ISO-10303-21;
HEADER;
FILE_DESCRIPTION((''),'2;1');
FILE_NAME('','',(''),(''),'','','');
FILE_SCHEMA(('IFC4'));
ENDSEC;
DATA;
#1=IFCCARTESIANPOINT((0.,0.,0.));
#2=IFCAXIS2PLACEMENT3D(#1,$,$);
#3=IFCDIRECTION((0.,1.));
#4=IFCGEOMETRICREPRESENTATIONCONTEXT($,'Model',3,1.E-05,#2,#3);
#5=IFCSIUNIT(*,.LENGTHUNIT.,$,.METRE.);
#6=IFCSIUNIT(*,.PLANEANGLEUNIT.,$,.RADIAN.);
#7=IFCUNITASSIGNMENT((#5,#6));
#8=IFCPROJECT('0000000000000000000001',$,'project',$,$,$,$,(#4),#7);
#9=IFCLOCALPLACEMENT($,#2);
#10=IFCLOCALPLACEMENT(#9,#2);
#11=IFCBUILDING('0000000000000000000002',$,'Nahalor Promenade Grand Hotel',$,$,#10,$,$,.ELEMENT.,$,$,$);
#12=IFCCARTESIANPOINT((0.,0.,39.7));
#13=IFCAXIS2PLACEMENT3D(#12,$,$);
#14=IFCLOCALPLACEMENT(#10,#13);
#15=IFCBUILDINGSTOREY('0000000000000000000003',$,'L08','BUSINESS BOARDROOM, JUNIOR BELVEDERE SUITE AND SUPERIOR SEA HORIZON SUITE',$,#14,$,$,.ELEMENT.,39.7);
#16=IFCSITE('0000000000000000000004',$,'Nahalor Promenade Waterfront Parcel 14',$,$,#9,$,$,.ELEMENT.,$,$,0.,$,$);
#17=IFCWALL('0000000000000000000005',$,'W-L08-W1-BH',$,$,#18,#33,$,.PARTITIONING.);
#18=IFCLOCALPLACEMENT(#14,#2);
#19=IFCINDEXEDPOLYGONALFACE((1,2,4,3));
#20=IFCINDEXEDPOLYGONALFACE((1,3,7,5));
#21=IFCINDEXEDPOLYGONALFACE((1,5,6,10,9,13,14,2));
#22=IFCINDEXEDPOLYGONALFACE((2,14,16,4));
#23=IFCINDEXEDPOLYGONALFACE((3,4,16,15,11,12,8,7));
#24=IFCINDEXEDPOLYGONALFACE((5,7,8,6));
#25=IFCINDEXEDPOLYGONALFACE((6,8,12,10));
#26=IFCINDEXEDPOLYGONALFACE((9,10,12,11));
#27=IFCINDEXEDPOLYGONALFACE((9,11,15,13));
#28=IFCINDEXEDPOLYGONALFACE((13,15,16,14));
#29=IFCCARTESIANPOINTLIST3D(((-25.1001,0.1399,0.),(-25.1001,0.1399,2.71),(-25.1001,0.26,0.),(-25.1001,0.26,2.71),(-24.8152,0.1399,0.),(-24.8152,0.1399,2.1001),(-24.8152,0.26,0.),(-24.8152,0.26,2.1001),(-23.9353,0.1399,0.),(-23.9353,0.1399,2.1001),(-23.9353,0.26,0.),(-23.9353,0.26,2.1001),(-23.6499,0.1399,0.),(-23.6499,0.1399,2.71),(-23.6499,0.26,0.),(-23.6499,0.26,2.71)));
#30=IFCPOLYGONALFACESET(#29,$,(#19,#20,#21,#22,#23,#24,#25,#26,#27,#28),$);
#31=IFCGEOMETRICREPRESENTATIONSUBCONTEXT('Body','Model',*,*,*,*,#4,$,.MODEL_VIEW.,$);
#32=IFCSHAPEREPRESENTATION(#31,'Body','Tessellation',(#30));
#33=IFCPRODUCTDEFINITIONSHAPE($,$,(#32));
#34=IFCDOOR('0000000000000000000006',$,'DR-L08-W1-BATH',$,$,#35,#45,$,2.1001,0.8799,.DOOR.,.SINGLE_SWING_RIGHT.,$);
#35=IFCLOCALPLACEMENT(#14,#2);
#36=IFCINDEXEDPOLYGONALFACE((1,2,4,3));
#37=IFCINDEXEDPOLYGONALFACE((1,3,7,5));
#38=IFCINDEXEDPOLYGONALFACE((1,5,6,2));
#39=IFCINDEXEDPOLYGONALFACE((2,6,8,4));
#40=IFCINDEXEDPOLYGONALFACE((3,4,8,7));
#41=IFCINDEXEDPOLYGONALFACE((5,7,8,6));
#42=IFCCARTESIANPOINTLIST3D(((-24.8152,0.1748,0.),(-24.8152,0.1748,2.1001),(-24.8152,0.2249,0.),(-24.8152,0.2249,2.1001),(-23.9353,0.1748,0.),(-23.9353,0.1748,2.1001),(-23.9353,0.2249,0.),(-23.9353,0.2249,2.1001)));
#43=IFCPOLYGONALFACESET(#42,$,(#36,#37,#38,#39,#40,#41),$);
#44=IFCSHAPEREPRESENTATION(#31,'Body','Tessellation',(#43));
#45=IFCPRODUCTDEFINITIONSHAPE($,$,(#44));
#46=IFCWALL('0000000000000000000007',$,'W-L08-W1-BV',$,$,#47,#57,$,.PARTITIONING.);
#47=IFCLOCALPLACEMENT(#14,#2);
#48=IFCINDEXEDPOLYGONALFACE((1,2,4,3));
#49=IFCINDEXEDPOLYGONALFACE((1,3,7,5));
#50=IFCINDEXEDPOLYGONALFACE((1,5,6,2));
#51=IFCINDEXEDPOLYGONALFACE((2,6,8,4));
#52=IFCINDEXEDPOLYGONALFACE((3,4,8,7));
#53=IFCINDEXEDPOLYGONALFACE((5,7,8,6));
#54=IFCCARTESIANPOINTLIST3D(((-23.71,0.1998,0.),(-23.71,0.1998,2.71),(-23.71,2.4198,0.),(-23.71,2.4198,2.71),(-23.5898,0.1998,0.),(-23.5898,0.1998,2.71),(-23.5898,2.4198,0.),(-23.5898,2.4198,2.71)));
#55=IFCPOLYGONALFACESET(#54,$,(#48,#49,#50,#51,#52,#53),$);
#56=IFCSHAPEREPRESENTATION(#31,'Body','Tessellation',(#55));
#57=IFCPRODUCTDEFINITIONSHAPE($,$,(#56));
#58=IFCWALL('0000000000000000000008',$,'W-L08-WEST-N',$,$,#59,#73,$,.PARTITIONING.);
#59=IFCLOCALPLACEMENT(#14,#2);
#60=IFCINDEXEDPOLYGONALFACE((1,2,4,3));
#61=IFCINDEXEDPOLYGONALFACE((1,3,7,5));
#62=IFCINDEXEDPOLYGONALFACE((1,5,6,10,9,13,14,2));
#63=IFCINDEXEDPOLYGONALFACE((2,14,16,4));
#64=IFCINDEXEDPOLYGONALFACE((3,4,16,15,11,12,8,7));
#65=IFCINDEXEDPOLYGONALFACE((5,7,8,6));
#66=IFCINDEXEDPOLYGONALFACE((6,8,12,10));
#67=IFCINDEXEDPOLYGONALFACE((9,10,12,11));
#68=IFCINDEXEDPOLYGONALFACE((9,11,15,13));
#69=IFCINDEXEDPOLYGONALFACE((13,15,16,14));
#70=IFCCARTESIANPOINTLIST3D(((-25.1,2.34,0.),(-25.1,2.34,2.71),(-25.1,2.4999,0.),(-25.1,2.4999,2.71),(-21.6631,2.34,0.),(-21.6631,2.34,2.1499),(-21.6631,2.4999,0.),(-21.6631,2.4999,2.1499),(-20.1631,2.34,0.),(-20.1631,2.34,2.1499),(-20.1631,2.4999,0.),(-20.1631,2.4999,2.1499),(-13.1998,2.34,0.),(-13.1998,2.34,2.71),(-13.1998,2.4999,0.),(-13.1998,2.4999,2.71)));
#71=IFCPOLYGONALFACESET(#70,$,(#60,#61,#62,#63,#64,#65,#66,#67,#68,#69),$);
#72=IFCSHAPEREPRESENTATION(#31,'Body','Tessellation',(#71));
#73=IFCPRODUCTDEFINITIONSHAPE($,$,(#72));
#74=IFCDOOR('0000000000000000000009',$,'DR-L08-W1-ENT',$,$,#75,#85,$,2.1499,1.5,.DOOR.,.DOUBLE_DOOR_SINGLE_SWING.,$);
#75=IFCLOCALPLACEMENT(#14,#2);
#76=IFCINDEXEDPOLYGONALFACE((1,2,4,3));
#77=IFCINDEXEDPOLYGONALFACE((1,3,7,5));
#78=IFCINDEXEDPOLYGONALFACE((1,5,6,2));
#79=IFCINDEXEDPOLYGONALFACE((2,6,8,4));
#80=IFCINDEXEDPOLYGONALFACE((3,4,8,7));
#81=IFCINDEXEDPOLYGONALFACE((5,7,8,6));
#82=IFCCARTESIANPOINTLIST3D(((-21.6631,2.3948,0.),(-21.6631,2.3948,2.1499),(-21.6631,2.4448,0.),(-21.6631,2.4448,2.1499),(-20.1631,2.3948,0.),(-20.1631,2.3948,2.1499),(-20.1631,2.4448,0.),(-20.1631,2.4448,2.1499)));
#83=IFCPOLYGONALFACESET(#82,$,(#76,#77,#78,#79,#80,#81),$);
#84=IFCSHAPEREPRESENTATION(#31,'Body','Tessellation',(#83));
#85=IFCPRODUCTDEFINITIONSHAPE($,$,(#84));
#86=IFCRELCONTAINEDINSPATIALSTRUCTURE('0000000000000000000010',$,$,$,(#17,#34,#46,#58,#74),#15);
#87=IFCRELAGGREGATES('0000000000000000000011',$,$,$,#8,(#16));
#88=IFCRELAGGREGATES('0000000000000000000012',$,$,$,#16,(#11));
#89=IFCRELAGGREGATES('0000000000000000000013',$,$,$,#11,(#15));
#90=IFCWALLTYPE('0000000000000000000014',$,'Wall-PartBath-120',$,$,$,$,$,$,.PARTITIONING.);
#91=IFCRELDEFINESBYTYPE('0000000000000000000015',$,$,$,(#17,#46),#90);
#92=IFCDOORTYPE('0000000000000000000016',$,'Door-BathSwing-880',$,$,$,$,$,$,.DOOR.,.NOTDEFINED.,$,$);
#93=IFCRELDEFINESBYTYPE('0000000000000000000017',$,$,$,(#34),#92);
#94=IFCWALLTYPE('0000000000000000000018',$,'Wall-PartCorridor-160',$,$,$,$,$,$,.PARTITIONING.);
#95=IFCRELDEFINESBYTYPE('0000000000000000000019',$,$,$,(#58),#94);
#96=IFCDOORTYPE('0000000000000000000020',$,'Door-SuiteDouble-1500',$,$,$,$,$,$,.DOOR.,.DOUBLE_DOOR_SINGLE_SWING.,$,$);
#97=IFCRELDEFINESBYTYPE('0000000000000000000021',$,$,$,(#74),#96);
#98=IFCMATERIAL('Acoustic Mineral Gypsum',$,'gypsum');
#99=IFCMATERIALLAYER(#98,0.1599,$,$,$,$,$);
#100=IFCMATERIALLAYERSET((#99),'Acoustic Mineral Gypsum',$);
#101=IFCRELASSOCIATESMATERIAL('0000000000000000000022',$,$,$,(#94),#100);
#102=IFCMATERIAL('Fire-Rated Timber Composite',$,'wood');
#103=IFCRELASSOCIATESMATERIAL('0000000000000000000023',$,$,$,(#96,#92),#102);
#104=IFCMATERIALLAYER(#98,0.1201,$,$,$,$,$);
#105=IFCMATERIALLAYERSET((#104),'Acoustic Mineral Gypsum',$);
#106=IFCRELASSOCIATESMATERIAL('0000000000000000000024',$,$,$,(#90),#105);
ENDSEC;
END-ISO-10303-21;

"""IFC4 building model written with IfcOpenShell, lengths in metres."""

from ifc_helpers import new_model, si_unit, direction, frame, frame_2d, origin, place, context, subcontext, project, spatial, rectangle, extrude, source, transform, mapped, material, layer, layer_set, type_object, element, fill, save


model = new_model("IFC4")

# Units and contexts
model_context = context("Model", 3, precision=1e-05, world=origin(), true_north=direction((0.0, 1.0)))
body_context = subcontext(model_context, "Body", "Model", "MODEL_VIEW")
ifc_project = project(units=[si_unit("LENGTHUNIT", "METRE"), si_unit("PLANEANGLEUNIT", "RADIAN")], contexts=[model_context])

# Site, building, storey
site_placement = place(None, origin())
site = spatial("IfcSite", under=ifc_project, at=site_placement, Name="Nahalor Promenade Waterfront Parcel 14", CompositionType="ELEMENT", RefElevation=0.0)
building_placement = place(site_placement, origin())
building = spatial("IfcBuilding", under=site, at=building_placement, Name="Nahalor Promenade Grand Hotel", CompositionType="ELEMENT")
storey_placement = place(building_placement, frame((0.0, 0.0, 39.7)))
storey = spatial("IfcBuildingStorey", under=building, at=storey_placement, Name="L08", Description="BUSINESS BOARDROOM, JUNIOR BELVEDERE SUITE AND SUPERIOR SEA HORIZON SUITE", CompositionType="ELEMENT", Elevation=39.7)

# Shared definitions
ifc_material_1 = material(Name="Acoustic Mineral Gypsum", Category="gypsum")
ifc_layer_1 = layer(ifc_material_1, 0.1599)
ifc_layer_set_1 = layer_set([ifc_layer_1], Name="Acoustic Mineral Gypsum")
wall_type_1 = type_object("IfcWallType", Name="Wall-PartCorridor-160", PredefinedType="PARTITIONING", material=ifc_layer_set_1)
ifc_material_2 = material(Name="Fire-Rated Timber Composite", Category="wood")
door_type_1 = type_object("IfcDoorType", Name="Door-SuiteDouble-1500", OperationType="DOUBLE_DOOR_SINGLE_SWING", PredefinedType="DOOR", material=ifc_material_2)
shared_shape_1 = source(origin(), body_context, "Body", "SweptSolid", [
    extrude(rectangle(XDim=1.5, YDim=2.1499, at=frame_2d((0.75, 1.075))), frame((0.0, 0.0249, 0.0), z_axis=(0.0, -1.0, 0.0), x_axis=(1.0, 0.0, 0.0)), (0.0, 0.0, 1.0), 0.05),
])

# Wall, opening, door
ifc_layer_2 = layer(ifc_material_1, 0.1201)
ifc_layer_set_2 = layer_set([ifc_layer_2], Name="Acoustic Mineral Gypsum")
wall_type_2 = type_object("IfcWallType", Name="Wall-PartBath-120", PredefinedType="PARTITIONING", material=ifc_layer_set_2)
shared_shape_2 = source(origin(), body_context, "Body", "SweptSolid", [
    extrude(rectangle(XDim=1.4502, YDim=0.1201, at=frame_2d((0.7251, 0.0))), origin(), (0.0, 0.0, 1.0), 2.71),
])
wall_1_placement = place(storey_placement, frame((-25.1001, 0.2, 0.0), z_axis=(0.0, 0.0, 1.0), x_axis=(1.0, 0.0, 0.0)))
wall_1 = element("IfcWall", 1, at=wall_1_placement, inside=storey, type_object=wall_type_2, Name="W-L08-W1-BH", PredefinedType="PARTITIONING", context=body_context, shape_type="MappedRepresentation", body=[
    mapped(shared_shape_2, transform((0.0, 0.0, 0.0), scale=1.0)),
])
opening_1_placement = place(wall_1_placement, frame((0.2849, 0.0, 0.0)))
opening_1 = element("IfcOpeningElement", 2, at=opening_1_placement, cuts=wall_1, PredefinedType="OPENING", context=body_context, shape_type="SweptSolid", body=[
    extrude(rectangle(XDim=0.8799, YDim=2.1001, at=frame_2d((0.4399, 1.05))), frame((0.0, 0.0701, 0.0), z_axis=(0.0, -1.0, 0.0), x_axis=(1.0, 0.0, 0.0)), (0.0, 0.0, 1.0), 0.1401),
])
door_type_2 = type_object("IfcDoorType", Name="Door-BathSwing-880", OperationType="NOTDEFINED", PredefinedType="DOOR", material=ifc_material_2)
shared_shape_3 = source(origin(), body_context, "Body", "SweptSolid", [
    extrude(rectangle(XDim=0.8799, YDim=2.1001, at=frame_2d((0.4399, 1.05))), frame((0.0, 0.0249, 0.0), z_axis=(0.0, -1.0, 0.0), x_axis=(1.0, 0.0, 0.0)), (0.0, 0.0, 1.0), 0.05),
])
door_1_placement = place(opening_1_placement, origin())
door_1 = element("IfcDoor", 3, at=door_1_placement, inside=storey, type_object=door_type_2, Name="DR-L08-W1-BATH", OperationType="SINGLE_SWING_RIGHT", OverallHeight=2.1001, OverallWidth=0.8799, PredefinedType="DOOR", context=body_context, shape_type="MappedRepresentation", body=[
    mapped(shared_shape_3, transform((0.0, 0.0, 0.0), scale=1.0)),
])
fill(opening_1, door_1)

# Wall
shared_shape_4 = source(origin(), body_context, "Body", "SweptSolid", [
    extrude(rectangle(XDim=2.22, YDim=0.1201, at=frame_2d((1.1099, 0.0))), origin(), (0.0, 0.0, 1.0), 2.71),
])
wall_2_placement = place(storey_placement, frame((-23.6499, 0.2, 0.0), z_axis=(0.0, 0.0, 1.0), x_axis=(0.0, 1.0, 0.0)))
element("IfcWall", 4, at=wall_2_placement, inside=storey, type_object=wall_type_2, Name="W-L08-W1-BV", PredefinedType="PARTITIONING", context=body_context, shape_type="MappedRepresentation", body=[
    mapped(shared_shape_4, transform((0.0, 0.0, 0.0), scale=1.0)),
])

# Wall, opening, door
shared_shape_5 = source(origin(), body_context, "Body", "SweptSolid", [
    extrude(rectangle(XDim=11.9001, YDim=0.1599, at=frame_2d((5.9502, 0.0))), origin(), (0.0, 0.0, 1.0), 2.71),
])
wall_3_placement = place(storey_placement, frame((-25.1001, 2.4199, 0.0), z_axis=(0.0, 0.0, 1.0), x_axis=(1.0, 0.0, 0.0)))
wall_3 = element("IfcWall", 5, at=wall_3_placement, inside=storey, type_object=wall_type_1, Name="W-L08-WEST-N", PredefinedType="PARTITIONING", context=body_context, shape_type="MappedRepresentation", body=[
    mapped(shared_shape_5, transform((0.0, 0.0, 0.0), scale=1.0)),
])
opening_2_placement = place(wall_3_placement, frame((3.437, 0.0, 0.0)))
opening_2 = element("IfcOpeningElement", 6, at=opening_2_placement, cuts=wall_3, PredefinedType="OPENING", context=body_context, shape_type="SweptSolid", body=[
    extrude(rectangle(XDim=1.5, YDim=2.1499, at=frame_2d((0.75, 1.075))), frame((0.0, 0.0898, 0.0), z_axis=(0.0, -1.0, 0.0), x_axis=(1.0, 0.0, 0.0)), (0.0, 0.0, 1.0), 0.1799),
])
door_2_placement = place(opening_2_placement, origin())
door_2 = element("IfcDoor", 7, at=door_2_placement, inside=storey, type_object=door_type_1, Name="DR-L08-W1-ENT", OperationType="DOUBLE_DOOR_SINGLE_SWING", OverallHeight=2.1499, OverallWidth=1.5, PredefinedType="DOOR", context=body_context, shape_type="MappedRepresentation", body=[
    mapped(shared_shape_1, transform((0.0, 0.0, 0.0), scale=1.0)),
])
fill(opening_2, door_2)

save(model, "model.ifc")
